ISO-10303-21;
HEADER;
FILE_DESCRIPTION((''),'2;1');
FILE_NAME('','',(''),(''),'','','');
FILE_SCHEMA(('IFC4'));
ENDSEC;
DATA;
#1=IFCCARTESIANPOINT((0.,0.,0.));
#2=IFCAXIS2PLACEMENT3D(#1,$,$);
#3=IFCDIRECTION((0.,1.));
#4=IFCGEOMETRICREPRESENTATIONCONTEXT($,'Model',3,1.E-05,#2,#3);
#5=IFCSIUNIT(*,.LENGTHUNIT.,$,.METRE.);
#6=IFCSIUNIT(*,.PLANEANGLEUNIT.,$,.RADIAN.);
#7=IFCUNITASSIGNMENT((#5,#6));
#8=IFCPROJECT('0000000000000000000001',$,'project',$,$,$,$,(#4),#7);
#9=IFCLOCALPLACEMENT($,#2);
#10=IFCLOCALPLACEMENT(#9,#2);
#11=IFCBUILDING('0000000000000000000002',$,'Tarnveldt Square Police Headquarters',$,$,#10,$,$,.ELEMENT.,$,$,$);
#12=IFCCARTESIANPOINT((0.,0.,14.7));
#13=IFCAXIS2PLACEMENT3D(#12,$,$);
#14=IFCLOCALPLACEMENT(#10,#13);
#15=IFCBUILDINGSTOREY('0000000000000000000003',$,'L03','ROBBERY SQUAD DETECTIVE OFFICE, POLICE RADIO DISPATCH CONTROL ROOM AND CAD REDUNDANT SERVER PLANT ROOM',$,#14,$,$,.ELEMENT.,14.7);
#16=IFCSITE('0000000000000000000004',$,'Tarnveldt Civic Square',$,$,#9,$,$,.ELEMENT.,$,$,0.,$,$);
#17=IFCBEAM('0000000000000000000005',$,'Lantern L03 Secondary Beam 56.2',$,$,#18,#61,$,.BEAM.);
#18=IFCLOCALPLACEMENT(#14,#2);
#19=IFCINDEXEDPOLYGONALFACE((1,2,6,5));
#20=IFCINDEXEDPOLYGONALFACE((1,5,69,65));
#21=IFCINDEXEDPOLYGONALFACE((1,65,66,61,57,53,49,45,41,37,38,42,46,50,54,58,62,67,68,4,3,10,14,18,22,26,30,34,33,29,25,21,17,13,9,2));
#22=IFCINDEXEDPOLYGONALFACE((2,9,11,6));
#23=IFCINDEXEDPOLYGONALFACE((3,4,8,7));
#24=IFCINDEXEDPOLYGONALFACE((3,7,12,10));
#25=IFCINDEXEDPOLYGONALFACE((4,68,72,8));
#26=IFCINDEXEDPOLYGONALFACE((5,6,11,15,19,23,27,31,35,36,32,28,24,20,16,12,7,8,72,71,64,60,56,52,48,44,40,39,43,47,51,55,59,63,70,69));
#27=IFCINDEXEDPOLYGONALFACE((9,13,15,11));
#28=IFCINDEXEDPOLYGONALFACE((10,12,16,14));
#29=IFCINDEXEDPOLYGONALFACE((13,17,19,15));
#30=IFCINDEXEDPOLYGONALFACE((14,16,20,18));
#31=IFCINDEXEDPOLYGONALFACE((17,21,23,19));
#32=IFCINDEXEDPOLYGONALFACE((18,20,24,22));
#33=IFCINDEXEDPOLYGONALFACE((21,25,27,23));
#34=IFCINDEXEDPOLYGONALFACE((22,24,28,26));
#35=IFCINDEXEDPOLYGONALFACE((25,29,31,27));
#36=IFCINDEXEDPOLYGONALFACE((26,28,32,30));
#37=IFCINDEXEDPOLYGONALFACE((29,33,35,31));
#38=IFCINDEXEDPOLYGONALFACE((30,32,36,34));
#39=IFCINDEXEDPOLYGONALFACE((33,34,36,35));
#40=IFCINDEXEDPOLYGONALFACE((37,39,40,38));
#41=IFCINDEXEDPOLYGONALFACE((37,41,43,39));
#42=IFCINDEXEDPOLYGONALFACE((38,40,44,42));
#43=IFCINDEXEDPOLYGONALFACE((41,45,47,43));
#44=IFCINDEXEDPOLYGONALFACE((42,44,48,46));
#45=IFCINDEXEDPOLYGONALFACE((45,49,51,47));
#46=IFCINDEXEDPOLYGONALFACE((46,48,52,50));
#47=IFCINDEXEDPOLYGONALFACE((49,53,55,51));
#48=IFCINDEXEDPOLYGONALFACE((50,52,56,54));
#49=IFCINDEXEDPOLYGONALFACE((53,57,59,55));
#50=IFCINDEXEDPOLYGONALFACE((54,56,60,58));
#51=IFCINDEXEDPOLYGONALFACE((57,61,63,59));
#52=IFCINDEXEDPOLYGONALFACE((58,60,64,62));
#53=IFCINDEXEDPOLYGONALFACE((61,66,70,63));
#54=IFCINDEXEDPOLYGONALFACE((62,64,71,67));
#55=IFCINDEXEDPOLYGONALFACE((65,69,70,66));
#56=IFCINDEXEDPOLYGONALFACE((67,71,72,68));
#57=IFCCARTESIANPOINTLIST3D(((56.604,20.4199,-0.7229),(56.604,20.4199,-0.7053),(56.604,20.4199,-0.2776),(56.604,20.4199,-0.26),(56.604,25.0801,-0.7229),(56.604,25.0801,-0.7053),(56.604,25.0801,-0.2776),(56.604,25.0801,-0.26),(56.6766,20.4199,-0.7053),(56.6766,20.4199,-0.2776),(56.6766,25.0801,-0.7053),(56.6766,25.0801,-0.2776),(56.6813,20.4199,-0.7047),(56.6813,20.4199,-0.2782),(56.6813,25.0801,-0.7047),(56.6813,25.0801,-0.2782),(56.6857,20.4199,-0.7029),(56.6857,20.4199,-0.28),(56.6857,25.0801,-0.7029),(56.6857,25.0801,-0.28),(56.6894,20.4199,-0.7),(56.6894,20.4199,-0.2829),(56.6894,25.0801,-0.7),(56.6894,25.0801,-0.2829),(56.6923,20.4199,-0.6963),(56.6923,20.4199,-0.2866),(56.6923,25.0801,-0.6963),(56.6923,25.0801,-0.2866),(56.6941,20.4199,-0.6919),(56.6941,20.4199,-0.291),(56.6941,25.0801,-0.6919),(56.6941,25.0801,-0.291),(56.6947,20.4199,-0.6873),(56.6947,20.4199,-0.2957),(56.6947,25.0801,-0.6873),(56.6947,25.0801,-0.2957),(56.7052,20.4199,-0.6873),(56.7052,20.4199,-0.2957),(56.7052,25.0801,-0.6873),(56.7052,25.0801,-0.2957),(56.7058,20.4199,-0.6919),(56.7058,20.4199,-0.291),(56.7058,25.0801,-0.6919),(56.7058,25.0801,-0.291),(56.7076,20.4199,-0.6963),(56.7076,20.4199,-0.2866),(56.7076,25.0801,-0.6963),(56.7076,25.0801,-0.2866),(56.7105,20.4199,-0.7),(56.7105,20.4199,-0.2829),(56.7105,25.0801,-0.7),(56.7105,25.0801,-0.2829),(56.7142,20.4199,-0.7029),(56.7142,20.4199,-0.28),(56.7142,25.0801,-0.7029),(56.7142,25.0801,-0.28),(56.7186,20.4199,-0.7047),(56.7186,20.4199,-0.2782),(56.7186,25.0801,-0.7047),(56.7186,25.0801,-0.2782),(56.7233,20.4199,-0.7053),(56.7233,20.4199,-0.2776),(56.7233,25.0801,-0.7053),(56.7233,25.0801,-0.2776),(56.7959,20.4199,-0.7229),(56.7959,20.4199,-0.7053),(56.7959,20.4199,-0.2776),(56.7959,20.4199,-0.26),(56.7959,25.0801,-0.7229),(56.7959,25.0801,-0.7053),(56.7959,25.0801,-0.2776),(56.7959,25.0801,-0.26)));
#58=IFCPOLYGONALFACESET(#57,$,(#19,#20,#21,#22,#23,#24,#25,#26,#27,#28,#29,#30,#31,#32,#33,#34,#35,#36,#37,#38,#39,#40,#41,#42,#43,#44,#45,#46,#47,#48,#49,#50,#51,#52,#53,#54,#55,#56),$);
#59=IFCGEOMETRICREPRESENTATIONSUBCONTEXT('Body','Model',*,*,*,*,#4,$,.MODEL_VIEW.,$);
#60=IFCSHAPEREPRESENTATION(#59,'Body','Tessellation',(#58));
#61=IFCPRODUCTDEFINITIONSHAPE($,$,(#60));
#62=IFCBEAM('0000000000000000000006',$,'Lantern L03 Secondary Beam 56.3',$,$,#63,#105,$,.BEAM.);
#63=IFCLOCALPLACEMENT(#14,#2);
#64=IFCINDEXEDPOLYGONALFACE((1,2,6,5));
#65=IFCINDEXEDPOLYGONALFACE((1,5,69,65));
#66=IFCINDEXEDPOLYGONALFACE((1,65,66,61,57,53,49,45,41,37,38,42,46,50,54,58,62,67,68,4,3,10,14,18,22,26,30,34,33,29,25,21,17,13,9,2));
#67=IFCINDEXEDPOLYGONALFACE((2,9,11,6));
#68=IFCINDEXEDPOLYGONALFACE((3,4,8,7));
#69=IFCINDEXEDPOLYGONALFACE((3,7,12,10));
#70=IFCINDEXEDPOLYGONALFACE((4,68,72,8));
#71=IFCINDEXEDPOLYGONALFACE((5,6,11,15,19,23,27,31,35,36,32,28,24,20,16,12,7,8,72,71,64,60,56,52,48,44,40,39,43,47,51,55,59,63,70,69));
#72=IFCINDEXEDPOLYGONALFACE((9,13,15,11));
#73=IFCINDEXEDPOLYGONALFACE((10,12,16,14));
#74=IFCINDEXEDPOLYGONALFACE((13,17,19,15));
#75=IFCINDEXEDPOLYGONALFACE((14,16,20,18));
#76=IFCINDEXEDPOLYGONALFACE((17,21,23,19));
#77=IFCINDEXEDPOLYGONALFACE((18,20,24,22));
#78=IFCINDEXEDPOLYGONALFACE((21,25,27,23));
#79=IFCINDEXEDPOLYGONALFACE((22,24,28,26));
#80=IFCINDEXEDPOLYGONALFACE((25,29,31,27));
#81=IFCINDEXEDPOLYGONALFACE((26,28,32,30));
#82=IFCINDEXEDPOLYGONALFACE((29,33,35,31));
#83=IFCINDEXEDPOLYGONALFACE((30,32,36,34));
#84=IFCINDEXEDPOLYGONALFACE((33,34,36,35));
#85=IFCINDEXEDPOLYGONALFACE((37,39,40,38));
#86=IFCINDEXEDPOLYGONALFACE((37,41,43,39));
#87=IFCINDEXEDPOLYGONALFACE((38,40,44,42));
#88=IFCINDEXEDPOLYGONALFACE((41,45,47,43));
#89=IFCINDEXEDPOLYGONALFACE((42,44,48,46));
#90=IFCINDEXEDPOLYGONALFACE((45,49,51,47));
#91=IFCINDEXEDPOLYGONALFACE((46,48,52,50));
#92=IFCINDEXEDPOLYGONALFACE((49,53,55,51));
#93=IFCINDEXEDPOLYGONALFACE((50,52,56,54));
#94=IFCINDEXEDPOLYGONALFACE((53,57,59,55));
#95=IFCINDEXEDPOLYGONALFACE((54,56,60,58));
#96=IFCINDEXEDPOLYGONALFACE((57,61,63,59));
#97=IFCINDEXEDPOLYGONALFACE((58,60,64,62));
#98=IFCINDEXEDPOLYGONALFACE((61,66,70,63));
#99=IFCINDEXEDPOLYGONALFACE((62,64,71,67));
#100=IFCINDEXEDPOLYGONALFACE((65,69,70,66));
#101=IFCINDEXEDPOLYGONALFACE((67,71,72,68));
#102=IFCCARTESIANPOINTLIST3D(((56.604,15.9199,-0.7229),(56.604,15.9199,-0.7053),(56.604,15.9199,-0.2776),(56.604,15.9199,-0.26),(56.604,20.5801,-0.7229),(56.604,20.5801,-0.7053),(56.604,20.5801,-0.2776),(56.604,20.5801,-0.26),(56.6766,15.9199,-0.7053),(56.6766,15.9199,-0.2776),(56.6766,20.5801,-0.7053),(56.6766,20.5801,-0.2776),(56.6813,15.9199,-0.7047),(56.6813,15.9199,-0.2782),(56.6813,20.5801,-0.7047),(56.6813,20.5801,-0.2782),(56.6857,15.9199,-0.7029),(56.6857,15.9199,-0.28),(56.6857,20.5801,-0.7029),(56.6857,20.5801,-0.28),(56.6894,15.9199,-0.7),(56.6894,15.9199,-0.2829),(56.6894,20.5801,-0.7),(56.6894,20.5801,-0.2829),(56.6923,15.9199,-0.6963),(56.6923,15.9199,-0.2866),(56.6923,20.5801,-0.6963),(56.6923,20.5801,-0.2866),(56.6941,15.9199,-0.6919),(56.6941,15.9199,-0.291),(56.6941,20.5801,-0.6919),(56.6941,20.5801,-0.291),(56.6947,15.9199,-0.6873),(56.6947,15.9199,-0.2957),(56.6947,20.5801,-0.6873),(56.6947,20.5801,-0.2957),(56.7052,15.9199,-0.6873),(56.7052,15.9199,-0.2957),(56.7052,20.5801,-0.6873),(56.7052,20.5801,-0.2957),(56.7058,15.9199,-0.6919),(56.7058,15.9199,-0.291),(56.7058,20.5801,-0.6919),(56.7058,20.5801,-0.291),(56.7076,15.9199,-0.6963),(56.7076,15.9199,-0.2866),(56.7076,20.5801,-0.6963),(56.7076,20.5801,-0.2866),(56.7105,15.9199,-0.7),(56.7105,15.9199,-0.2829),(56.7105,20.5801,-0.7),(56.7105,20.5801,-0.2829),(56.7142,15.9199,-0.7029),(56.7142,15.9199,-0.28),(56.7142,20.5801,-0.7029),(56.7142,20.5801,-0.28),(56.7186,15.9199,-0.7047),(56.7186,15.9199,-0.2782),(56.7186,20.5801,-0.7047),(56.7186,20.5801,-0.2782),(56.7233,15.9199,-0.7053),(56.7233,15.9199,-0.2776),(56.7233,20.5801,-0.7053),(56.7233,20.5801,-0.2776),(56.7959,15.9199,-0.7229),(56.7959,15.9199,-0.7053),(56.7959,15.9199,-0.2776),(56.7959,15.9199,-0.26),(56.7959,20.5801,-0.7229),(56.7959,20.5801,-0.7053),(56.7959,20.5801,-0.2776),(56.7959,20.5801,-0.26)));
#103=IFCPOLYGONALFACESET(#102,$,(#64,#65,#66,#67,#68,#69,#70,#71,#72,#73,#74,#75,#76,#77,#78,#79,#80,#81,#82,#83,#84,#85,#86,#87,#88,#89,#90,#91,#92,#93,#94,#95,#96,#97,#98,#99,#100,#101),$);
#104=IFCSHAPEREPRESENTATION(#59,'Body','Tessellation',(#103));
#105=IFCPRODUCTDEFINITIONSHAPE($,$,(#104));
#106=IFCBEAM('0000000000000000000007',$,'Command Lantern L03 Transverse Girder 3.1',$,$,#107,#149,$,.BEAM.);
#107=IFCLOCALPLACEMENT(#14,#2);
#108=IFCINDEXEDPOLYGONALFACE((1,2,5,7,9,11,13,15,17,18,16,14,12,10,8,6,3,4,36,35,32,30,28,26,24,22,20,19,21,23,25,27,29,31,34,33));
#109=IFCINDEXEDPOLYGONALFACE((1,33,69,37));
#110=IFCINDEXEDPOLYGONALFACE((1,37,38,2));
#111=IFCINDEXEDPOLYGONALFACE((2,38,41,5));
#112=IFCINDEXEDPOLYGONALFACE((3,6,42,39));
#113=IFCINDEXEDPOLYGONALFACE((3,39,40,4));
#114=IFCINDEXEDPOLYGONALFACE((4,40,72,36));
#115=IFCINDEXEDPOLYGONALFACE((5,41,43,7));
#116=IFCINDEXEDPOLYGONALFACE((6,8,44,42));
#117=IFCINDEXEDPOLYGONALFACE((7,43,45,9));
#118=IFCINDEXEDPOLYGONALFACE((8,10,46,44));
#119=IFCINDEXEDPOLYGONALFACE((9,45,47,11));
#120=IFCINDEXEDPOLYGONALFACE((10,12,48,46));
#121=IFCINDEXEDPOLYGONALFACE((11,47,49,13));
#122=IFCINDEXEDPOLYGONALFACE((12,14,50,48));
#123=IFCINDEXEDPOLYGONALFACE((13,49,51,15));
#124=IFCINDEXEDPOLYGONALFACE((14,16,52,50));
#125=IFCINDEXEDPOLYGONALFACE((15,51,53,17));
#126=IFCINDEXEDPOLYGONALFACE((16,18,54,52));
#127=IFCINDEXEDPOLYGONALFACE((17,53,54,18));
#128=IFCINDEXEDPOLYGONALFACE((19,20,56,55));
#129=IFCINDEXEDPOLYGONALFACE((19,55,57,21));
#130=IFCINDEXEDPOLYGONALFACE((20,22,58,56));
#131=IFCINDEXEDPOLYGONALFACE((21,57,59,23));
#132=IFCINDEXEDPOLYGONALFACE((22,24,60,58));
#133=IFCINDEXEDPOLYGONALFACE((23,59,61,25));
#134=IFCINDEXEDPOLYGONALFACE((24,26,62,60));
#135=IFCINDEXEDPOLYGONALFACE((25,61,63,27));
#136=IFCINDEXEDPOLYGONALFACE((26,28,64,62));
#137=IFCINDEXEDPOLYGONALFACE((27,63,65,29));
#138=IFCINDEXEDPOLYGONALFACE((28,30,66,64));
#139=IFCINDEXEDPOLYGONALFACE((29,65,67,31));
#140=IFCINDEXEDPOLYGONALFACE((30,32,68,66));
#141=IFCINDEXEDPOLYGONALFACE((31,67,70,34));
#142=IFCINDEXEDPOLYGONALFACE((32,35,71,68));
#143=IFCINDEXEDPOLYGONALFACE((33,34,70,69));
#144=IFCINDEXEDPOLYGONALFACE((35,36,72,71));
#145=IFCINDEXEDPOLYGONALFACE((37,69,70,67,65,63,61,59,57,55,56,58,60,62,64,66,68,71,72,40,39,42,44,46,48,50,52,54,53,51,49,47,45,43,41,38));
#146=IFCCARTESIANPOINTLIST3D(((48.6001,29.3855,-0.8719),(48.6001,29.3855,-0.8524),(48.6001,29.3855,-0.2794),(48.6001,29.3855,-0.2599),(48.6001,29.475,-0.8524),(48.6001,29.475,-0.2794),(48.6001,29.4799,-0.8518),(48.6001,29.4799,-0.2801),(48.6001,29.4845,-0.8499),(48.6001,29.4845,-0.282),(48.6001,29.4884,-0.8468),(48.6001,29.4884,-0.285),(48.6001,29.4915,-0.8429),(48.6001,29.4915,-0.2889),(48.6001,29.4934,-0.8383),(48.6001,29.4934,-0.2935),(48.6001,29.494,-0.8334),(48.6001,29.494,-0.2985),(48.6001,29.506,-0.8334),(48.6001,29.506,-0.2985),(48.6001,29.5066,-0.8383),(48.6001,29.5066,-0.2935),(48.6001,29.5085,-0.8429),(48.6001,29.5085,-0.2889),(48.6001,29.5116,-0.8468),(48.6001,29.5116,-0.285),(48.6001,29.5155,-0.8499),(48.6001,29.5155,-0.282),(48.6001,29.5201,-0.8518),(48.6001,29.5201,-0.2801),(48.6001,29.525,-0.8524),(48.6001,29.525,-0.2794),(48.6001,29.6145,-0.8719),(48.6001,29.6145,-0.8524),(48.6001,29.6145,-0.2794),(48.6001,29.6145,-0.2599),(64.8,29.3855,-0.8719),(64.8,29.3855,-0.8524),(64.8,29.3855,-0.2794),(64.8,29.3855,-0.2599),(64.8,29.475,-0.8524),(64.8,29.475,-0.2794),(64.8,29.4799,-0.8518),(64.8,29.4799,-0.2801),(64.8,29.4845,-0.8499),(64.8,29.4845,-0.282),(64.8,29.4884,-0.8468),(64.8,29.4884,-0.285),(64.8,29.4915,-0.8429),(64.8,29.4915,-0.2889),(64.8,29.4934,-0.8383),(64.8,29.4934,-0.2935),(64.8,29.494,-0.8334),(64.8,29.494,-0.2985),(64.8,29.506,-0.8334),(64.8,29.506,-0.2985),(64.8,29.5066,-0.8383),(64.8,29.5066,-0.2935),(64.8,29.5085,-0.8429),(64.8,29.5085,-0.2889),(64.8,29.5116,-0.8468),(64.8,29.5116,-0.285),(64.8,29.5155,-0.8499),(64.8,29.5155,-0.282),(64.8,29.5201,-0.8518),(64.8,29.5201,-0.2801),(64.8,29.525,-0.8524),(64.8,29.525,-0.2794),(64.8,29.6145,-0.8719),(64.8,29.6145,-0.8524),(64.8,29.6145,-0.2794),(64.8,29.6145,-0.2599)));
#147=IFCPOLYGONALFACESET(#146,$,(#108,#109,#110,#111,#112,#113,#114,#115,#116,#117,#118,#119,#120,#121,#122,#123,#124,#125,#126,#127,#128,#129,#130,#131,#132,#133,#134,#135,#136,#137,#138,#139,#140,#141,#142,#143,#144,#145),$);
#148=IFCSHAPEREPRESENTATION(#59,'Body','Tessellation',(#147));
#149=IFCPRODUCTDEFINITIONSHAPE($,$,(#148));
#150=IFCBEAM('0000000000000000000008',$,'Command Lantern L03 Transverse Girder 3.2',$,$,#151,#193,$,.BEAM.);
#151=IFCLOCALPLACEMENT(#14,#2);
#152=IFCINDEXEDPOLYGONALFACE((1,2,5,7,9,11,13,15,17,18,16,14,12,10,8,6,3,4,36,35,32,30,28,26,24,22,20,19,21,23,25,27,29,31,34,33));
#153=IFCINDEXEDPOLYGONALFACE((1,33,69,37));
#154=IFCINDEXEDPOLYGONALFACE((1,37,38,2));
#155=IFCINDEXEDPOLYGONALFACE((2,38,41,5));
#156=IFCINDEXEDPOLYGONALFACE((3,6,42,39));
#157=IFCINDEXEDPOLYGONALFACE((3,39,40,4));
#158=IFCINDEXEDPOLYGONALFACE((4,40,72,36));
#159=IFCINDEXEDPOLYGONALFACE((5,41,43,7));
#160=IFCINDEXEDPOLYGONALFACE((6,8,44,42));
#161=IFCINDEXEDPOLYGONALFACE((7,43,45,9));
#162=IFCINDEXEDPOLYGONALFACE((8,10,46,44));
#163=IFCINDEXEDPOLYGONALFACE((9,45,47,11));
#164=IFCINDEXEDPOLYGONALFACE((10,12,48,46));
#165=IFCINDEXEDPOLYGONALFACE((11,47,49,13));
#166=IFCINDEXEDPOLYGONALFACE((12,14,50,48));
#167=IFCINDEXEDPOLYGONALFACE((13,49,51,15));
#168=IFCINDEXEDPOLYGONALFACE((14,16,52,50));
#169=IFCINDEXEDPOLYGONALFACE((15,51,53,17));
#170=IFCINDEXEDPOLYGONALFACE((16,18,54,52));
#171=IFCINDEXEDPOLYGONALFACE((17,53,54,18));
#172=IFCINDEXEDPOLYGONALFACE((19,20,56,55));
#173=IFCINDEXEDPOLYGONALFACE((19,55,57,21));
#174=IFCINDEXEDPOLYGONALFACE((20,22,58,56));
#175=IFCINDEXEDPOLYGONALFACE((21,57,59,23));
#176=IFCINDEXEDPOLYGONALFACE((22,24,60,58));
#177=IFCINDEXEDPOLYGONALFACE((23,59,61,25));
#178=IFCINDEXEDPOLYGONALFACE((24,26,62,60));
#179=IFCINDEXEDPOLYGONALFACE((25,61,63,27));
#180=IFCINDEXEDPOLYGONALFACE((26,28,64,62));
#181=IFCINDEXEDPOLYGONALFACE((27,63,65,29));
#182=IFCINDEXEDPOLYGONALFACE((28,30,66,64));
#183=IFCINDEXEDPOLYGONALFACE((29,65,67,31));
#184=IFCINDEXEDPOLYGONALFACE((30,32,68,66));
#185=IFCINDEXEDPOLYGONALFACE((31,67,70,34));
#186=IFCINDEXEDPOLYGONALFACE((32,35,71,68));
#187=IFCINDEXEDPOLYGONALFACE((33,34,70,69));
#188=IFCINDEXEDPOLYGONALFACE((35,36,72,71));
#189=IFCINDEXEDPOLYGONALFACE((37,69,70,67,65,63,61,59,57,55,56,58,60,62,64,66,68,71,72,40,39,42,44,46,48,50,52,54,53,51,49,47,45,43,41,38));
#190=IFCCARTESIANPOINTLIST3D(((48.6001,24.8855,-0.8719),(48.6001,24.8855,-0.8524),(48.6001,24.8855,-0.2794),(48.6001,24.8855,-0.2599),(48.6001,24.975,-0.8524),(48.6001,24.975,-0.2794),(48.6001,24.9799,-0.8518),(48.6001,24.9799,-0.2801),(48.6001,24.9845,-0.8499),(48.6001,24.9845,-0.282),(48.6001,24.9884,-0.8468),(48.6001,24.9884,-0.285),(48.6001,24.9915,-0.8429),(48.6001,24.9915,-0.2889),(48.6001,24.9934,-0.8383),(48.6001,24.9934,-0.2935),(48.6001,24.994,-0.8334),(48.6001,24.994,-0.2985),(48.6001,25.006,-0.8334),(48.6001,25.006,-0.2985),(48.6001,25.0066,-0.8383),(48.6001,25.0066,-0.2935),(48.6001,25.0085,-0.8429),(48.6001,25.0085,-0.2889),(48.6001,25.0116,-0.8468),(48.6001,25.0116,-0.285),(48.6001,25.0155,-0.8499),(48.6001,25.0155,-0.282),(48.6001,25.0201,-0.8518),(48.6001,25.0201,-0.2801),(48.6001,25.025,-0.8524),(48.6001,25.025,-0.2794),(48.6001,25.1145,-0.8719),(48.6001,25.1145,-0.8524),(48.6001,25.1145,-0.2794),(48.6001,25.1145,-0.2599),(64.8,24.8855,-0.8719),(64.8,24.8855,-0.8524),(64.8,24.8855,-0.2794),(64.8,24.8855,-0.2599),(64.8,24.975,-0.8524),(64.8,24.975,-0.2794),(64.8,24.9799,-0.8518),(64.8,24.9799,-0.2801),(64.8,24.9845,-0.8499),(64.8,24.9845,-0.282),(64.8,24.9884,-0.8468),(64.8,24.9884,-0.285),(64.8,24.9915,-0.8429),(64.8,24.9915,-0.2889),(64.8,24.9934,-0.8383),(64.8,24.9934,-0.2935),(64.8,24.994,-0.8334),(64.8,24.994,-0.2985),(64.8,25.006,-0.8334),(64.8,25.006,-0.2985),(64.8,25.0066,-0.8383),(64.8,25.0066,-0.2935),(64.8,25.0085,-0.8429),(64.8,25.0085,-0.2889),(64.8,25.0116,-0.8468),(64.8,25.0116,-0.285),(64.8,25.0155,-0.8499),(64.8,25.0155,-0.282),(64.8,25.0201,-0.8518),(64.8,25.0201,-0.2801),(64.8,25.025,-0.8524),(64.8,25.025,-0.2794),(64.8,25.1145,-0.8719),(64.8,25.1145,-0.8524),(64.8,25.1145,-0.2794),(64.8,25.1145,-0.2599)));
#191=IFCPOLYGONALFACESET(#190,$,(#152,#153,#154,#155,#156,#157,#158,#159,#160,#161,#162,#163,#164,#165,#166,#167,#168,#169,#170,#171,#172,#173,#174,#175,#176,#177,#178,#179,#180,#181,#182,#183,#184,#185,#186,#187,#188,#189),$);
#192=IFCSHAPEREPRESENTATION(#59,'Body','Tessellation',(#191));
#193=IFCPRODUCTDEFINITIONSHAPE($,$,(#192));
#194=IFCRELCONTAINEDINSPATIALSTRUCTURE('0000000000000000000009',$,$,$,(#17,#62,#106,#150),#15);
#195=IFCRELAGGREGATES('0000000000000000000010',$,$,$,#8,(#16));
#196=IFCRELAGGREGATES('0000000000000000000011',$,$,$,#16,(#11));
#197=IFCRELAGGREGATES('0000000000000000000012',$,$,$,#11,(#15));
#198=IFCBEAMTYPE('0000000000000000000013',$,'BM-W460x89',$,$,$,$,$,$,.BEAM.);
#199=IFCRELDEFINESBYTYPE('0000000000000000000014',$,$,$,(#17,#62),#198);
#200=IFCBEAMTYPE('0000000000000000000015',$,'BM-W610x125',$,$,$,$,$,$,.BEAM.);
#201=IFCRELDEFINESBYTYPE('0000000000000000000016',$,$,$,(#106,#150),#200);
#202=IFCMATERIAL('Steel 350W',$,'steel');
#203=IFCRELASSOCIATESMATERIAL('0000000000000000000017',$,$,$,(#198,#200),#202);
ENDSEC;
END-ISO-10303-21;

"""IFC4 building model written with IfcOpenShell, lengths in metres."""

from ifc_helpers import new_model, si_unit, direction, frame, origin, origin_2d, place, context, subcontext, project, spatial, i_section, extrude, material, material_profile, profile_set, type_object, element, save


model = new_model("IFC4")

# Units and contexts
model_context = context("Model", 3, precision=1e-05, world=origin(), true_north=direction((0.0, 1.0)))
body_context = subcontext(model_context, "Body", "Model", "MODEL_VIEW")
ifc_project = project(units=[si_unit("LENGTHUNIT", "METRE"), si_unit("PLANEANGLEUNIT", "RADIAN")], contexts=[model_context])

# Site, building, storey
site_placement = place(None, origin())
site = spatial("IfcSite", under=ifc_project, at=site_placement, Name="Tarnveldt Civic Square", CompositionType="ELEMENT", RefElevation=0.0)
building_placement = place(site_placement, origin())
building = spatial("IfcBuilding", under=site, at=building_placement, Name="Tarnveldt Square Police Headquarters", CompositionType="ELEMENT")
storey_placement = place(building_placement, frame((0.0, 0.0, 14.7)))
storey = spatial("IfcBuildingStorey", under=building, at=storey_placement, Name="L03", Description="ROBBERY SQUAD DETECTIVE OFFICE, POLICE RADIO DISPATCH CONTROL ROOM AND CAD REDUNDANT SERVER PLANT ROOM", CompositionType="ELEMENT", Elevation=14.7)

# Beams
ifc_material_1 = material(Name="Steel 350W", Category="steel")
ifc_material_profile_1 = material_profile(ifc_material_1, i_section(OverallWidth=0.1919, OverallDepth=0.4629, WebThickness=0.0105, FlangeThickness=0.0176, FilletRadius=0.0181, at=origin_2d()), Name="W460x89")
ifc_profile_set_1 = profile_set([ifc_material_profile_1], Name="Steel 350W")
beam_type_1 = type_object("IfcBeamType", Name="BM-W460x89", PredefinedType="BEAM", material=ifc_profile_set_1)
for number, where, z_axis, x_axis, name in (
    (1, (56.7, 25.0801, -0.4915), (0.0, -1.0, 0.0), (1.0, 0.0, 0.0), "Lantern L03 Secondary Beam 56.2"),
    (2, (56.7, 20.5801, -0.4915), (0.0, -1.0, 0.0), (1.0, 0.0, 0.0), "Lantern L03 Secondary Beam 56.3"),
):
    element("IfcBeam", number, at=place(storey_placement, frame(where, z_axis=z_axis, x_axis=x_axis)), inside=storey, type_object=beam_type_1, Name=name, PredefinedType="BEAM", context=body_context, shape_type="SweptSolid", body=[
        extrude(i_section(OverallWidth=0.1919, OverallDepth=0.4629, WebThickness=0.0105, FlangeThickness=0.0176, FilletRadius=0.0181, at=origin_2d()), origin(), (0.0, 0.0, 1.0), 4.6602),
    ])
ifc_material_profile_2 = material_profile(ifc_material_1, i_section(OverallWidth=0.229, OverallDepth=0.6121, WebThickness=0.012, FlangeThickness=0.0195, FilletRadius=0.019, at=origin_2d()), Name="W610x125")
ifc_profile_set_2 = profile_set([ifc_material_profile_2], Name="Steel 350W")
beam_type_2 = type_object("IfcBeamType", Name="BM-W610x125", PredefinedType="BEAM", material=ifc_profile_set_2)
for number, where, z_axis, x_axis, name in (
    (3, (48.6001, 29.5, -0.5659), (1.0, 0.0, 0.0), (0.0, 1.0, 0.0), "Command Lantern L03 Transverse Girder 3.1"),
    (4, (48.6001, 25.0, -0.5659), (1.0, 0.0, 0.0), (0.0, 1.0, 0.0), "Command Lantern L03 Transverse Girder 3.2"),
):
    element("IfcBeam", number, at=place(storey_placement, frame(where, z_axis=z_axis, x_axis=x_axis)), inside=storey, type_object=beam_type_2, Name=name, PredefinedType="BEAM", context=body_context, shape_type="SweptSolid", body=[
        extrude(i_section(OverallWidth=0.229, OverallDepth=0.6121, WebThickness=0.012, FlangeThickness=0.0195, FilletRadius=0.019, at=origin_2d()), origin(), (0.0, 0.0, 1.0), 16.2),
    ])

save(model, "model.ifc")
